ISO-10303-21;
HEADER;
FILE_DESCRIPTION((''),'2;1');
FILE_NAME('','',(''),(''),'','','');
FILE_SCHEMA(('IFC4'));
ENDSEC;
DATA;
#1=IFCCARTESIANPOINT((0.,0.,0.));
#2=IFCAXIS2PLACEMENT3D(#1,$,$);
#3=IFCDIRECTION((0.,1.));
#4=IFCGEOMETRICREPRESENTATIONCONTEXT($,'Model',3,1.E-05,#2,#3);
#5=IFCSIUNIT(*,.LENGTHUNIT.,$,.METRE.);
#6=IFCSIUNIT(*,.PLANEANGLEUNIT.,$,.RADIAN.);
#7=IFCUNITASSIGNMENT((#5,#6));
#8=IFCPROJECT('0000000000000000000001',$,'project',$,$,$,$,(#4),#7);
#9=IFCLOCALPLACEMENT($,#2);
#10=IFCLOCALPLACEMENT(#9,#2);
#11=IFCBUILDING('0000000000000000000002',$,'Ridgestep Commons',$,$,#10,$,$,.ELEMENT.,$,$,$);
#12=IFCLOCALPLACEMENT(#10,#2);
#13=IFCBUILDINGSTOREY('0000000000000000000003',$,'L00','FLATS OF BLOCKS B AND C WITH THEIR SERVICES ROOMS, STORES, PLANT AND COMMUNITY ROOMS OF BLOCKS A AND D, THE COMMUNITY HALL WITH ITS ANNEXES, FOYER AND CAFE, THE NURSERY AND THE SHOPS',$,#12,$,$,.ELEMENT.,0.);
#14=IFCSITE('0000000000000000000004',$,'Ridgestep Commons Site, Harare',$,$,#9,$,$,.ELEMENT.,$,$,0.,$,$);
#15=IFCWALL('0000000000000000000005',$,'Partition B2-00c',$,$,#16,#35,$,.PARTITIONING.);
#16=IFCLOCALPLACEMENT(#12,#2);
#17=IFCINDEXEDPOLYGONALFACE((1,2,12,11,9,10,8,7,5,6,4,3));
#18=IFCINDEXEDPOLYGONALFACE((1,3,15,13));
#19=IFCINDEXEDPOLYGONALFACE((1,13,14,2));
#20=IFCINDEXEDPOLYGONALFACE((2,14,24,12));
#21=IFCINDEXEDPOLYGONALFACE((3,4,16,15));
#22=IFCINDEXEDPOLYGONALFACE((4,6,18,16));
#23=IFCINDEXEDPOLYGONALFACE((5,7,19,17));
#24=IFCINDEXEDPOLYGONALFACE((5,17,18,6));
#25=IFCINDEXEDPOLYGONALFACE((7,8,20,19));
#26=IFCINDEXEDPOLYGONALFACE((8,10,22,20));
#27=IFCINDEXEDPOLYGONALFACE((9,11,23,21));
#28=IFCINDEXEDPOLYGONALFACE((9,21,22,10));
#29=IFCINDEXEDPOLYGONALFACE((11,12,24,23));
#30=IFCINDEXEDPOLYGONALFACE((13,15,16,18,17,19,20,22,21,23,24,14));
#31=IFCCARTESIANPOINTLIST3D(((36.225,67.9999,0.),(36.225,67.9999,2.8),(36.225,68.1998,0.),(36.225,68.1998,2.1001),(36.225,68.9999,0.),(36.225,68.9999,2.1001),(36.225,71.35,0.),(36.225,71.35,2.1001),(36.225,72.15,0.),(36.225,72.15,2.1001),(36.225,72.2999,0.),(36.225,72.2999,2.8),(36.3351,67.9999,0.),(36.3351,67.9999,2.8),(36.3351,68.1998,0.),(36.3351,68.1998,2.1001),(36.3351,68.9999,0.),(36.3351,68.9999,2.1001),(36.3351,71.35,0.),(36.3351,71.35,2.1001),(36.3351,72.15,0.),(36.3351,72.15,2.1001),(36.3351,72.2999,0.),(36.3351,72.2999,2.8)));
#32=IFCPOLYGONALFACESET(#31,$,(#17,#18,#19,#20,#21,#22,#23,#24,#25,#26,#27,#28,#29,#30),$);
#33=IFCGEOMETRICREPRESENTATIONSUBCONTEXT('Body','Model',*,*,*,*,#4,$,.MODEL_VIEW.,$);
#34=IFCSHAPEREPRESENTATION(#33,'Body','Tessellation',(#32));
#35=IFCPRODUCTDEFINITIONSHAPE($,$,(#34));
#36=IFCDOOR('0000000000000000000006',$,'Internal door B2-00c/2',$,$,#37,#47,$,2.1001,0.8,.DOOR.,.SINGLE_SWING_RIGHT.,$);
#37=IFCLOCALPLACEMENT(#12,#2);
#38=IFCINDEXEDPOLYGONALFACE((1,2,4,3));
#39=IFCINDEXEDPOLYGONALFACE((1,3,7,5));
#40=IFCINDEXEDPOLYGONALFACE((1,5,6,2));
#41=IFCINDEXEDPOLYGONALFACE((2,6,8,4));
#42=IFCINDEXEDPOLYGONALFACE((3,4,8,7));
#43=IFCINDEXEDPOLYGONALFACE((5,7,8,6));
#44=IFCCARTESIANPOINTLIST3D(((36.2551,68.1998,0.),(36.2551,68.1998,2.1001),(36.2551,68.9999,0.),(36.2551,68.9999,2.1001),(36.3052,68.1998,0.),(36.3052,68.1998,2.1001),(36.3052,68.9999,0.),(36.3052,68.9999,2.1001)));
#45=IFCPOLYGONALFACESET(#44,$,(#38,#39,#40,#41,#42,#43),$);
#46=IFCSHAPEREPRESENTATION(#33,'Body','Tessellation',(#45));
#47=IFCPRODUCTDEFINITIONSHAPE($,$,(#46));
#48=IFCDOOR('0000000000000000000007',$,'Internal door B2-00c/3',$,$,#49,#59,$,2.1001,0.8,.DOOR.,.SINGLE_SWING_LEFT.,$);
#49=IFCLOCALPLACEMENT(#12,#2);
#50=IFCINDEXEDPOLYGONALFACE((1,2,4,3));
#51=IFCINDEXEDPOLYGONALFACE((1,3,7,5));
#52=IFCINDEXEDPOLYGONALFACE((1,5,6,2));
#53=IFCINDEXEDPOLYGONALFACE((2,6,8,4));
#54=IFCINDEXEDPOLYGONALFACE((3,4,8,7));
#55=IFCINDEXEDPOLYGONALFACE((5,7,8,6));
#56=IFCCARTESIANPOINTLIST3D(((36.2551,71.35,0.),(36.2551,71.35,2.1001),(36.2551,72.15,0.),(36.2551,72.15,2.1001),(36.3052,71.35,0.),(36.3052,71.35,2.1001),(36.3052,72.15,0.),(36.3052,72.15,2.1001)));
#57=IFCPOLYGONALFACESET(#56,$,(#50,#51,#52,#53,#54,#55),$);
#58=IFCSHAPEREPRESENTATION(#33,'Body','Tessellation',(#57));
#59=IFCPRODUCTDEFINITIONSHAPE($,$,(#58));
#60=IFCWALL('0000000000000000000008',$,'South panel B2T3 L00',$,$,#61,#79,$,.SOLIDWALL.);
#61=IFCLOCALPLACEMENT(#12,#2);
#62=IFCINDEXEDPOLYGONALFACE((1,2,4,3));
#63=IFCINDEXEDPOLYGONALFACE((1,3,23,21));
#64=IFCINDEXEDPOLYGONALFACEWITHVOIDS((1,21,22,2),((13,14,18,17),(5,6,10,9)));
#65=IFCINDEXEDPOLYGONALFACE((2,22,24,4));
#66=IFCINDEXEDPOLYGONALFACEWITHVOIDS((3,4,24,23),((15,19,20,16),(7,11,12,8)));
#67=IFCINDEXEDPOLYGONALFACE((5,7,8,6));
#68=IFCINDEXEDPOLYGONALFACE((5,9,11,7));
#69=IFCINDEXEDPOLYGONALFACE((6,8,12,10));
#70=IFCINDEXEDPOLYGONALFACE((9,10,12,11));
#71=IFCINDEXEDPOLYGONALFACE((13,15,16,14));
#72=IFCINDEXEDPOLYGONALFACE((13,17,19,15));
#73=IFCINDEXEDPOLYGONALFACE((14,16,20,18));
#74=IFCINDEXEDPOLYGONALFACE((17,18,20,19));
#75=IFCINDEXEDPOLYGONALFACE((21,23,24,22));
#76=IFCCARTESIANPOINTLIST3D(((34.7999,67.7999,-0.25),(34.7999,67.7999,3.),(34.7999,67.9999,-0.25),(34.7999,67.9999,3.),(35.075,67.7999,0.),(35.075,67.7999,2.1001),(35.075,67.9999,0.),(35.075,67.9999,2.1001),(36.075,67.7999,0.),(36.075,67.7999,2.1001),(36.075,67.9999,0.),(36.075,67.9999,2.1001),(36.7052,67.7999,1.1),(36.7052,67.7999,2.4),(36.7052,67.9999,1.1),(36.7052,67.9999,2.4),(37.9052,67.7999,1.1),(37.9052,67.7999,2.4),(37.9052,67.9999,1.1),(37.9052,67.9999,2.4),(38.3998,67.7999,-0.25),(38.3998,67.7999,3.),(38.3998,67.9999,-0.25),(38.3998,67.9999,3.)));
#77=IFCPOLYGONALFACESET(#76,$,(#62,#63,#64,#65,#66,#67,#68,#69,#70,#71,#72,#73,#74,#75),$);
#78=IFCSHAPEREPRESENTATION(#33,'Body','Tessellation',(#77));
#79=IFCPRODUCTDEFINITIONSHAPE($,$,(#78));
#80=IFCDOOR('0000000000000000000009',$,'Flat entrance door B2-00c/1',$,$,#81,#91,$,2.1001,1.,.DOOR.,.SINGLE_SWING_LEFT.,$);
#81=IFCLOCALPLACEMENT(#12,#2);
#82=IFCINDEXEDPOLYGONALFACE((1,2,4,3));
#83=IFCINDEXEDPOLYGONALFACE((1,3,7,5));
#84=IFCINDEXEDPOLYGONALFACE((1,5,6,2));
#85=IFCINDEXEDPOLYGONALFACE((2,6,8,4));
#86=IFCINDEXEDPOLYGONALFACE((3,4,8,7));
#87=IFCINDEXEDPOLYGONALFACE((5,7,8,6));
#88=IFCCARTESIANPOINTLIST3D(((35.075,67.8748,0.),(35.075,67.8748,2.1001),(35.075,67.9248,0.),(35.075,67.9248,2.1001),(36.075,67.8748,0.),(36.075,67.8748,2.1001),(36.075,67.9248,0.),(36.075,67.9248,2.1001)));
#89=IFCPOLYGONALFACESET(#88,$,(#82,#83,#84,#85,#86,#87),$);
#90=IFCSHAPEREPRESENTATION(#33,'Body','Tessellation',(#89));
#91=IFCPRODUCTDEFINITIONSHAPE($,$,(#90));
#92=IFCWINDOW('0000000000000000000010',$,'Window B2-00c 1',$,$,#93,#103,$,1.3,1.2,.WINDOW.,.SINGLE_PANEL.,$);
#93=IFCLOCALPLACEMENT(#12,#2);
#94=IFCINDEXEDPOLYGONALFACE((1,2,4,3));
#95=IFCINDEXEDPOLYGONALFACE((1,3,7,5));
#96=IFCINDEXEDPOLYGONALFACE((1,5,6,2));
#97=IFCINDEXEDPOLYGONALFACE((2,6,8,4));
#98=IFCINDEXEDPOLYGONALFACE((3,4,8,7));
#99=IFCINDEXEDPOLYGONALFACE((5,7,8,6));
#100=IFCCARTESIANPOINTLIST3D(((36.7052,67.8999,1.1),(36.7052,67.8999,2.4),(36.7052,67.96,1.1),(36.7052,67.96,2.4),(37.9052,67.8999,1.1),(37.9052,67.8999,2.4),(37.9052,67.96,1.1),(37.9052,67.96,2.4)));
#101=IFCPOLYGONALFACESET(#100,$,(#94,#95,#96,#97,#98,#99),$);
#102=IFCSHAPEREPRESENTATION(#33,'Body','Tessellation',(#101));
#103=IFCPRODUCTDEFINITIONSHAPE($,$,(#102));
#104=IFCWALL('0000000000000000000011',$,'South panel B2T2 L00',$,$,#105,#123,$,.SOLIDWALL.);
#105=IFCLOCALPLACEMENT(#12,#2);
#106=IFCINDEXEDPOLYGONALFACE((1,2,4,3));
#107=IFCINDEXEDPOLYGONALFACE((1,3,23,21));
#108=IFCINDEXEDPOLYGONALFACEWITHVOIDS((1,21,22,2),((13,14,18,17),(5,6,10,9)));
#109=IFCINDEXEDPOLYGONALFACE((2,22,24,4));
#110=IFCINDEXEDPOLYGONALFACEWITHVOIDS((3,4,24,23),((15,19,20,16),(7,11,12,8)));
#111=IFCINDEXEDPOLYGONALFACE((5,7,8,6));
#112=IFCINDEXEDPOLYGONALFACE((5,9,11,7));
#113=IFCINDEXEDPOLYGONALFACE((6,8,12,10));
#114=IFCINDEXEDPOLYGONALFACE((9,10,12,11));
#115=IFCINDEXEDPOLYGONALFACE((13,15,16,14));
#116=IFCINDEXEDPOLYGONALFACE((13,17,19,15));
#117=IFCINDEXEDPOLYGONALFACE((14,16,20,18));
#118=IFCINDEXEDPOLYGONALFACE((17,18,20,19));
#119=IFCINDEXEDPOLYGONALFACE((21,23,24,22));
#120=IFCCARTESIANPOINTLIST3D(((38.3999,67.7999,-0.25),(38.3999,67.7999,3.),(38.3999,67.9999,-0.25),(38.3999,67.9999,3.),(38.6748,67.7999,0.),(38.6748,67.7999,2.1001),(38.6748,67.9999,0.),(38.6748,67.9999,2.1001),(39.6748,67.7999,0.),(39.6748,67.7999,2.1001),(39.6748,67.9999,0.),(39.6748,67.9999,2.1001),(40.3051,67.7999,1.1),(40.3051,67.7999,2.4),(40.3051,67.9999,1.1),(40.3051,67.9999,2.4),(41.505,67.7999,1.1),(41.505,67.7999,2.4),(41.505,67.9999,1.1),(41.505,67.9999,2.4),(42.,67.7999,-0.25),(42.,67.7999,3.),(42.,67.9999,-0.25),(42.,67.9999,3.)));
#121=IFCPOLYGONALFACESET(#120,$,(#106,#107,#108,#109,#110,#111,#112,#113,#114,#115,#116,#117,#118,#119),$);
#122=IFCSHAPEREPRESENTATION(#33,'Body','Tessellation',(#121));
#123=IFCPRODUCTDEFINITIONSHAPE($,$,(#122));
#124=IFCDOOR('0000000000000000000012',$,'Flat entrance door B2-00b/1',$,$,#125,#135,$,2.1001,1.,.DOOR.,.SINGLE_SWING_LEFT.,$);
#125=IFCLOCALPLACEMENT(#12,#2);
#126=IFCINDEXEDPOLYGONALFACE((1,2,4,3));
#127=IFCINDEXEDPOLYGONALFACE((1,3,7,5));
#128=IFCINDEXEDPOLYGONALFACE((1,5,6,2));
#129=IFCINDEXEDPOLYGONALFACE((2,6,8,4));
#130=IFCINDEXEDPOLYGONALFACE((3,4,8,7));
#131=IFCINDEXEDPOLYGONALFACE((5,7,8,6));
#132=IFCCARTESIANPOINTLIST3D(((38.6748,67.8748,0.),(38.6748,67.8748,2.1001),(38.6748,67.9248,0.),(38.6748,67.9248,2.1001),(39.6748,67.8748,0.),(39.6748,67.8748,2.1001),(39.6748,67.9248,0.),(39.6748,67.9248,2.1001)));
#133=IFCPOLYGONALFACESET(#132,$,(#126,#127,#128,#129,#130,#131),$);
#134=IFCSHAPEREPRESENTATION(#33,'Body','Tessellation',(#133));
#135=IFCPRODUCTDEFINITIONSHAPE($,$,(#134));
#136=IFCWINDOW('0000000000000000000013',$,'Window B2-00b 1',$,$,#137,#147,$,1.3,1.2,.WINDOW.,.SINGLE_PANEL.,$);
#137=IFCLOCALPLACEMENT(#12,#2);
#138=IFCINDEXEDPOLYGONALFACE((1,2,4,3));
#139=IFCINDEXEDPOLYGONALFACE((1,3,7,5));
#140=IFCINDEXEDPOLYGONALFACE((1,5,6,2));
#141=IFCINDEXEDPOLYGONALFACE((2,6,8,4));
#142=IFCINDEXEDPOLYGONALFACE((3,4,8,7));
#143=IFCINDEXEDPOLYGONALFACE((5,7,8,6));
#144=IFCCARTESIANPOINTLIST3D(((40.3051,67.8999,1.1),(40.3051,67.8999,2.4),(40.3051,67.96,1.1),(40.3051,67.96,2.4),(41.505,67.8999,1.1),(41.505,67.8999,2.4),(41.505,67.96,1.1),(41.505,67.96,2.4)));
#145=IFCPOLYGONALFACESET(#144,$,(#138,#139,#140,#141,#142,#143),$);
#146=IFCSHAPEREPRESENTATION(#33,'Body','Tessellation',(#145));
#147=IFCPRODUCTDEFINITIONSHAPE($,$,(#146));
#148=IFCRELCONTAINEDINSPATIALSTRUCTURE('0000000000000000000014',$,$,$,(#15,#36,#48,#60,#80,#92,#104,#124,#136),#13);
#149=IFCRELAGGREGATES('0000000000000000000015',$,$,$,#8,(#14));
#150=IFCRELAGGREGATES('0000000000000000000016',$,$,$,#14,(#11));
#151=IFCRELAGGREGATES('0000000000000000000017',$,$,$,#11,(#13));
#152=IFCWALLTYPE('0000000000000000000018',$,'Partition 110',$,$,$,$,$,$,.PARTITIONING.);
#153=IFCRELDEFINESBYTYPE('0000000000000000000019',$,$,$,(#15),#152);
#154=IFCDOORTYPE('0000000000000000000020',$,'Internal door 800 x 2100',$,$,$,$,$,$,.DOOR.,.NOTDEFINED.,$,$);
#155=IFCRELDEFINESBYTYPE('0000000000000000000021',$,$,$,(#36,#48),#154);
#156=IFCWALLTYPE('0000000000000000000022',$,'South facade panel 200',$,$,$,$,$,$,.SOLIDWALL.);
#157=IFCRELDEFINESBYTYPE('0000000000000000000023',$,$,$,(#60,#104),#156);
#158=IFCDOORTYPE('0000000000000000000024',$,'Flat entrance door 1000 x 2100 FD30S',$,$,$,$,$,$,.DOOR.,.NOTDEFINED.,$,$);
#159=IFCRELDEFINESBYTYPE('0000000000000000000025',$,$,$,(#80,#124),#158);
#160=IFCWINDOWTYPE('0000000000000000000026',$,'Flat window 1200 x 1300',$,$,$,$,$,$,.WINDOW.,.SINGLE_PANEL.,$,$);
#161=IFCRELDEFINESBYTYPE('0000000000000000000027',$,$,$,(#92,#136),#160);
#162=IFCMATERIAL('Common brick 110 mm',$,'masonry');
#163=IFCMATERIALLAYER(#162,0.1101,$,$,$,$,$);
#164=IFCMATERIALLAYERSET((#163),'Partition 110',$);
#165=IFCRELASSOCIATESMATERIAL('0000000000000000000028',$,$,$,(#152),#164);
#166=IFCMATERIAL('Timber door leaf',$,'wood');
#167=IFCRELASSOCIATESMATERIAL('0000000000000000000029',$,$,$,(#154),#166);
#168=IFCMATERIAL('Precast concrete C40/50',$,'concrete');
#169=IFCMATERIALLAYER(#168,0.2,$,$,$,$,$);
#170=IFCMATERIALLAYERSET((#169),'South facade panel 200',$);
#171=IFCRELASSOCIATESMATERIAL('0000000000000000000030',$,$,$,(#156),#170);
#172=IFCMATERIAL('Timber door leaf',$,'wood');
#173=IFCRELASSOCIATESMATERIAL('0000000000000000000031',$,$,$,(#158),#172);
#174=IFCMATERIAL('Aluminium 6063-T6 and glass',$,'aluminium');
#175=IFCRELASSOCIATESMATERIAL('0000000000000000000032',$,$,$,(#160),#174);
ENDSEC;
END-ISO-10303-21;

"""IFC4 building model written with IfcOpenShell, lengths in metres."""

from ifc_helpers import new_model, si_unit, direction, frame, frame_2d, origin, place, context, subcontext, project, spatial, rectangle, extrude, material, layer, layer_set, type_object, element, fill, save


model = new_model("IFC4")

# Units and contexts
model_context = context("Model", 3, precision=1e-05, world=origin(), true_north=direction((0.0, 1.0)))
body_context = subcontext(model_context, "Body", "Model", "MODEL_VIEW")
ifc_project = project(units=[si_unit("LENGTHUNIT", "METRE"), si_unit("PLANEANGLEUNIT", "RADIAN")], contexts=[model_context])

# Site, building, storey
site_placement = place(None, origin())
site = spatial("IfcSite", under=ifc_project, at=site_placement, Name="Ridgestep Commons Site, Harare", CompositionType="ELEMENT", RefElevation=0.0)
building_placement = place(site_placement, origin())
building = spatial("IfcBuilding", under=site, at=building_placement, Name="Ridgestep Commons", CompositionType="ELEMENT")
storey_placement = place(building_placement, origin())
storey = spatial("IfcBuildingStorey", under=building, at=storey_placement, Name="L00", Description="FLATS OF BLOCKS B AND C WITH THEIR SERVICES ROOMS, STORES, PLANT AND COMMUNITY ROOMS OF BLOCKS A AND D, THE COMMUNITY HALL WITH ITS ANNEXES, FOYER AND CAFE, THE NURSERY AND THE SHOPS", CompositionType="ELEMENT", Elevation=0.0)

# Wall, openings, doors
ifc_material_1 = material(Name="Common brick 110 mm", Category="masonry")
ifc_layer_1 = layer(ifc_material_1, 0.1101)
ifc_layer_set_1 = layer_set([ifc_layer_1], Name="Partition 110")
wall_type_1 = type_object("IfcWallType", Name="Partition 110", PredefinedType="PARTITIONING", material=ifc_layer_set_1)
ifc_material_2 = material(Name="Timber door leaf", Category="wood")
door_type_1 = type_object("IfcDoorType", Name="Internal door 800 x 2100", OperationType="NOTDEFINED", PredefinedType="DOOR", material=ifc_material_2)
wall_1_placement = place(storey_placement, frame((36.28, 68.0, 0.0), z_axis=(0.0, 0.0, 1.0), x_axis=(0.0, 1.0, 0.0)))
wall_1 = element("IfcWall", 1, at=wall_1_placement, inside=storey, type_object=wall_type_1, Name="Partition B2-00c", PredefinedType="PARTITIONING", context=body_context, shape_type="SweptSolid", body=[
    extrude(rectangle(XDim=4.3, YDim=0.1101, at=frame_2d((2.1499, 0.0))), origin(), (0.0, 0.0, 1.0), 2.8),
])
opening_1_placement = place(wall_1_placement, frame((0.2, 0.0, 0.0)))
opening_1 = element("IfcOpeningElement", 2, at=opening_1_placement, cuts=wall_1, PredefinedType="OPENING", context=body_context, shape_type="SweptSolid", body=[
    extrude(rectangle(XDim=0.8, YDim=2.1001, at=frame_2d((0.3999, 1.05))), frame((0.0, 0.0649, 0.0), z_axis=(0.0, -1.0, 0.0), x_axis=(1.0, 0.0, 0.0)), (0.0, 0.0, 1.0), 0.1301),
])
opening_2_placement = place(wall_1_placement, frame((3.3501, 0.0, 0.0)))
opening_2 = element("IfcOpeningElement", 3, at=opening_2_placement, cuts=wall_1, PredefinedType="OPENING", context=body_context, shape_type="SweptSolid", body=[
    extrude(rectangle(XDim=0.8, YDim=2.1001, at=frame_2d((0.3999, 1.05))), frame((0.0, 0.0649, 0.0), z_axis=(0.0, -1.0, 0.0), x_axis=(1.0, 0.0, 0.0)), (0.0, 0.0, 1.0), 0.1301),
])
door_1_placement = place(opening_1_placement, origin())
door_1 = element("IfcDoor", 4, at=door_1_placement, inside=storey, type_object=door_type_1, Name="Internal door B2-00c/2", OperationType="SINGLE_SWING_RIGHT", OverallHeight=2.1001, OverallWidth=0.8, PredefinedType="DOOR", context=body_context, shape_type="SweptSolid", body=[
    extrude(rectangle(XDim=0.8, YDim=2.1001, at=frame_2d((0.3999, 1.05))), frame((0.0, 0.0249, 0.0), z_axis=(0.0, -1.0, 0.0), x_axis=(1.0, 0.0, 0.0)), (0.0, 0.0, 1.0), 0.05),
])
fill(opening_1, door_1)
door_2_placement = place(opening_2_placement, origin())
door_2 = element("IfcDoor", 5, at=door_2_placement, inside=storey, type_object=door_type_1, Name="Internal door B2-00c/3", OperationType="SINGLE_SWING_LEFT", OverallHeight=2.1001, OverallWidth=0.8, PredefinedType="DOOR", context=body_context, shape_type="SweptSolid", body=[
    extrude(rectangle(XDim=0.8, YDim=2.1001, at=frame_2d((0.3999, 1.05))), frame((0.0, 0.0249, 0.0), z_axis=(0.0, -1.0, 0.0), x_axis=(1.0, 0.0, 0.0)), (0.0, 0.0, 1.0), 0.05),
])
fill(opening_2, door_2)

# Walls, openings, doors, windows
ifc_material_3 = material(Name="Precast concrete C40/50", Category="concrete")
ifc_layer_2 = layer(ifc_material_3, 0.2)
ifc_layer_set_2 = layer_set([ifc_layer_2], Name="South facade panel 200")
wall_type_2 = type_object("IfcWallType", Name="South facade panel 200", PredefinedType="SOLIDWALL", material=ifc_layer_set_2)
wall_2_placement = place(storey_placement, frame((34.8, 67.8999, -0.25), z_axis=(0.0, 0.0, 1.0), x_axis=(1.0, 0.0, 0.0)))
wall_2 = element("IfcWall", 6, at=wall_2_placement, inside=storey, type_object=wall_type_2, Name="South panel B2T3 L00", PredefinedType="SOLIDWALL", context=body_context, shape_type="SweptSolid", body=[
    extrude(rectangle(XDim=3.5999, YDim=0.2, at=frame_2d((1.7998, 0.0))), origin(), (0.0, 0.0, 1.0), 3.25),
])
opening_3_placement = place(wall_2_placement, frame((1.905, 0.0, 1.3501)))
opening_3 = element("IfcOpeningElement", 7, at=opening_3_placement, cuts=wall_2, PredefinedType="OPENING", context=body_context, shape_type="SweptSolid", body=[
    extrude(rectangle(XDim=1.2, YDim=1.3, at=frame_2d((0.6001, 0.6499))), frame((0.0, 0.1099, 0.0), z_axis=(0.0, -1.0, 0.0), x_axis=(1.0, 0.0, 0.0)), (0.0, 0.0, 1.0), 0.22),
])
opening_4_placement = place(wall_2_placement, frame((0.2749, 0.0, 0.25)))
opening_4 = element("IfcOpeningElement", 8, at=opening_4_placement, cuts=wall_2, PredefinedType="OPENING", context=body_context, shape_type="SweptSolid", body=[
    extrude(rectangle(XDim=1.0, YDim=2.1001, at=frame_2d((0.5, 1.05))), frame((0.0, 0.1099, 0.0), z_axis=(0.0, -1.0, 0.0), x_axis=(1.0, 0.0, 0.0)), (0.0, 0.0, 1.0), 0.22),
])
ifc_material_4 = material(Name="Timber door leaf", Category="wood")
door_type_2 = type_object("IfcDoorType", Name="Flat entrance door 1000 x 2100 FD30S", OperationType="NOTDEFINED", PredefinedType="DOOR", material=ifc_material_4)
door_3_placement = place(opening_4_placement, origin())
door_3 = element("IfcDoor", 9, at=door_3_placement, inside=storey, type_object=door_type_2, Name="Flat entrance door B2-00c/1", OperationType="SINGLE_SWING_LEFT", OverallHeight=2.1001, OverallWidth=1.0, PredefinedType="DOOR", context=body_context, shape_type="SweptSolid", body=[
    extrude(rectangle(XDim=1.0, YDim=2.1001, at=frame_2d((0.5, 1.05))), frame((0.0, 0.0249, 0.0), z_axis=(0.0, -1.0, 0.0), x_axis=(1.0, 0.0, 0.0)), (0.0, 0.0, 1.0), 0.05),
])
fill(opening_4, door_3)
ifc_material_5 = material(Name="Aluminium 6063-T6 and glass", Category="aluminium")
window_type = type_object("IfcWindowType", Name="Flat window 1200 x 1300", PartitioningType="SINGLE_PANEL", PredefinedType="WINDOW", material=ifc_material_5)
window_1_placement = place(opening_3_placement, origin())
window_1 = element("IfcWindow", 10, at=window_1_placement, inside=storey, type_object=window_type, Name="Window B2-00c 1", OverallHeight=1.3, OverallWidth=1.2, PartitioningType="SINGLE_PANEL", PredefinedType="WINDOW", context=body_context, shape_type="SweptSolid", body=[
    extrude(rectangle(XDim=1.2, YDim=1.3, at=frame_2d((0.6001, 0.6499))), frame((0.0, 0.0601, 0.0), z_axis=(0.0, -1.0, 0.0), x_axis=(1.0, 0.0, 0.0)), (0.0, 0.0, 1.0), 0.0601),
])
fill(opening_3, window_1)
wall_3_placement = place(storey_placement, frame((38.3999, 67.8999, -0.25), z_axis=(0.0, 0.0, 1.0), x_axis=(1.0, 0.0, 0.0)))
wall_3 = element("IfcWall", 11, at=wall_3_placement, inside=storey, type_object=wall_type_2, Name="South panel B2T2 L00", PredefinedType="SOLIDWALL", context=body_context, shape_type="SweptSolid", body=[
    extrude(rectangle(XDim=3.6001, YDim=0.2, at=frame_2d((1.8, 0.0))), origin(), (0.0, 0.0, 1.0), 3.25),
])
opening_5_placement = place(wall_3_placement, frame((1.905, 0.0, 1.3501)))
opening_5 = element("IfcOpeningElement", 12, at=opening_5_placement, cuts=wall_3, PredefinedType="OPENING", context=body_context, shape_type="SweptSolid", body=[
    extrude(rectangle(XDim=1.2, YDim=1.3, at=frame_2d((0.6001, 0.6499))), frame((0.0, 0.1099, 0.0), z_axis=(0.0, -1.0, 0.0), x_axis=(1.0, 0.0, 0.0)), (0.0, 0.0, 1.0), 0.22),
])
opening_6_placement = place(wall_3_placement, frame((0.2749, 0.0, 0.25)))
opening_6 = element("IfcOpeningElement", 13, at=opening_6_placement, cuts=wall_3, PredefinedType="OPENING", context=body_context, shape_type="SweptSolid", body=[
    extrude(rectangle(XDim=1.0, YDim=2.1001, at=frame_2d((0.5, 1.05))), frame((0.0, 0.1099, 0.0), z_axis=(0.0, -1.0, 0.0), x_axis=(1.0, 0.0, 0.0)), (0.0, 0.0, 1.0), 0.22),
])
door_4_placement = place(opening_6_placement, origin())
door_4 = element("IfcDoor", 14, at=door_4_placement, inside=storey, type_object=door_type_2, Name="Flat entrance door B2-00b/1", OperationType="SINGLE_SWING_LEFT", OverallHeight=2.1001, OverallWidth=1.0, PredefinedType="DOOR", context=body_context, shape_type="SweptSolid", body=[
    extrude(rectangle(XDim=1.0, YDim=2.1001, at=frame_2d((0.5, 1.05))), frame((0.0, 0.0249, 0.0), z_axis=(0.0, -1.0, 0.0), x_axis=(1.0, 0.0, 0.0)), (0.0, 0.0, 1.0), 0.05),
])
fill(opening_6, door_4)
window_2_placement = place(opening_5_placement, origin())
window_2 = element("IfcWindow", 15, at=window_2_placement, inside=storey, type_object=window_type, Name="Window B2-00b 1", OverallHeight=1.3, OverallWidth=1.2, PartitioningType="SINGLE_PANEL", PredefinedType="WINDOW", context=body_context, shape_type="SweptSolid", body=[
    extrude(rectangle(XDim=1.2, YDim=1.3, at=frame_2d((0.6001, 0.6499))), frame((0.0, 0.0601, 0.0), z_axis=(0.0, -1.0, 0.0), x_axis=(1.0, 0.0, 0.0)), (0.0, 0.0, 1.0), 0.0601),
])
fill(opening_5, window_2)

save(model, "model.ifc")
